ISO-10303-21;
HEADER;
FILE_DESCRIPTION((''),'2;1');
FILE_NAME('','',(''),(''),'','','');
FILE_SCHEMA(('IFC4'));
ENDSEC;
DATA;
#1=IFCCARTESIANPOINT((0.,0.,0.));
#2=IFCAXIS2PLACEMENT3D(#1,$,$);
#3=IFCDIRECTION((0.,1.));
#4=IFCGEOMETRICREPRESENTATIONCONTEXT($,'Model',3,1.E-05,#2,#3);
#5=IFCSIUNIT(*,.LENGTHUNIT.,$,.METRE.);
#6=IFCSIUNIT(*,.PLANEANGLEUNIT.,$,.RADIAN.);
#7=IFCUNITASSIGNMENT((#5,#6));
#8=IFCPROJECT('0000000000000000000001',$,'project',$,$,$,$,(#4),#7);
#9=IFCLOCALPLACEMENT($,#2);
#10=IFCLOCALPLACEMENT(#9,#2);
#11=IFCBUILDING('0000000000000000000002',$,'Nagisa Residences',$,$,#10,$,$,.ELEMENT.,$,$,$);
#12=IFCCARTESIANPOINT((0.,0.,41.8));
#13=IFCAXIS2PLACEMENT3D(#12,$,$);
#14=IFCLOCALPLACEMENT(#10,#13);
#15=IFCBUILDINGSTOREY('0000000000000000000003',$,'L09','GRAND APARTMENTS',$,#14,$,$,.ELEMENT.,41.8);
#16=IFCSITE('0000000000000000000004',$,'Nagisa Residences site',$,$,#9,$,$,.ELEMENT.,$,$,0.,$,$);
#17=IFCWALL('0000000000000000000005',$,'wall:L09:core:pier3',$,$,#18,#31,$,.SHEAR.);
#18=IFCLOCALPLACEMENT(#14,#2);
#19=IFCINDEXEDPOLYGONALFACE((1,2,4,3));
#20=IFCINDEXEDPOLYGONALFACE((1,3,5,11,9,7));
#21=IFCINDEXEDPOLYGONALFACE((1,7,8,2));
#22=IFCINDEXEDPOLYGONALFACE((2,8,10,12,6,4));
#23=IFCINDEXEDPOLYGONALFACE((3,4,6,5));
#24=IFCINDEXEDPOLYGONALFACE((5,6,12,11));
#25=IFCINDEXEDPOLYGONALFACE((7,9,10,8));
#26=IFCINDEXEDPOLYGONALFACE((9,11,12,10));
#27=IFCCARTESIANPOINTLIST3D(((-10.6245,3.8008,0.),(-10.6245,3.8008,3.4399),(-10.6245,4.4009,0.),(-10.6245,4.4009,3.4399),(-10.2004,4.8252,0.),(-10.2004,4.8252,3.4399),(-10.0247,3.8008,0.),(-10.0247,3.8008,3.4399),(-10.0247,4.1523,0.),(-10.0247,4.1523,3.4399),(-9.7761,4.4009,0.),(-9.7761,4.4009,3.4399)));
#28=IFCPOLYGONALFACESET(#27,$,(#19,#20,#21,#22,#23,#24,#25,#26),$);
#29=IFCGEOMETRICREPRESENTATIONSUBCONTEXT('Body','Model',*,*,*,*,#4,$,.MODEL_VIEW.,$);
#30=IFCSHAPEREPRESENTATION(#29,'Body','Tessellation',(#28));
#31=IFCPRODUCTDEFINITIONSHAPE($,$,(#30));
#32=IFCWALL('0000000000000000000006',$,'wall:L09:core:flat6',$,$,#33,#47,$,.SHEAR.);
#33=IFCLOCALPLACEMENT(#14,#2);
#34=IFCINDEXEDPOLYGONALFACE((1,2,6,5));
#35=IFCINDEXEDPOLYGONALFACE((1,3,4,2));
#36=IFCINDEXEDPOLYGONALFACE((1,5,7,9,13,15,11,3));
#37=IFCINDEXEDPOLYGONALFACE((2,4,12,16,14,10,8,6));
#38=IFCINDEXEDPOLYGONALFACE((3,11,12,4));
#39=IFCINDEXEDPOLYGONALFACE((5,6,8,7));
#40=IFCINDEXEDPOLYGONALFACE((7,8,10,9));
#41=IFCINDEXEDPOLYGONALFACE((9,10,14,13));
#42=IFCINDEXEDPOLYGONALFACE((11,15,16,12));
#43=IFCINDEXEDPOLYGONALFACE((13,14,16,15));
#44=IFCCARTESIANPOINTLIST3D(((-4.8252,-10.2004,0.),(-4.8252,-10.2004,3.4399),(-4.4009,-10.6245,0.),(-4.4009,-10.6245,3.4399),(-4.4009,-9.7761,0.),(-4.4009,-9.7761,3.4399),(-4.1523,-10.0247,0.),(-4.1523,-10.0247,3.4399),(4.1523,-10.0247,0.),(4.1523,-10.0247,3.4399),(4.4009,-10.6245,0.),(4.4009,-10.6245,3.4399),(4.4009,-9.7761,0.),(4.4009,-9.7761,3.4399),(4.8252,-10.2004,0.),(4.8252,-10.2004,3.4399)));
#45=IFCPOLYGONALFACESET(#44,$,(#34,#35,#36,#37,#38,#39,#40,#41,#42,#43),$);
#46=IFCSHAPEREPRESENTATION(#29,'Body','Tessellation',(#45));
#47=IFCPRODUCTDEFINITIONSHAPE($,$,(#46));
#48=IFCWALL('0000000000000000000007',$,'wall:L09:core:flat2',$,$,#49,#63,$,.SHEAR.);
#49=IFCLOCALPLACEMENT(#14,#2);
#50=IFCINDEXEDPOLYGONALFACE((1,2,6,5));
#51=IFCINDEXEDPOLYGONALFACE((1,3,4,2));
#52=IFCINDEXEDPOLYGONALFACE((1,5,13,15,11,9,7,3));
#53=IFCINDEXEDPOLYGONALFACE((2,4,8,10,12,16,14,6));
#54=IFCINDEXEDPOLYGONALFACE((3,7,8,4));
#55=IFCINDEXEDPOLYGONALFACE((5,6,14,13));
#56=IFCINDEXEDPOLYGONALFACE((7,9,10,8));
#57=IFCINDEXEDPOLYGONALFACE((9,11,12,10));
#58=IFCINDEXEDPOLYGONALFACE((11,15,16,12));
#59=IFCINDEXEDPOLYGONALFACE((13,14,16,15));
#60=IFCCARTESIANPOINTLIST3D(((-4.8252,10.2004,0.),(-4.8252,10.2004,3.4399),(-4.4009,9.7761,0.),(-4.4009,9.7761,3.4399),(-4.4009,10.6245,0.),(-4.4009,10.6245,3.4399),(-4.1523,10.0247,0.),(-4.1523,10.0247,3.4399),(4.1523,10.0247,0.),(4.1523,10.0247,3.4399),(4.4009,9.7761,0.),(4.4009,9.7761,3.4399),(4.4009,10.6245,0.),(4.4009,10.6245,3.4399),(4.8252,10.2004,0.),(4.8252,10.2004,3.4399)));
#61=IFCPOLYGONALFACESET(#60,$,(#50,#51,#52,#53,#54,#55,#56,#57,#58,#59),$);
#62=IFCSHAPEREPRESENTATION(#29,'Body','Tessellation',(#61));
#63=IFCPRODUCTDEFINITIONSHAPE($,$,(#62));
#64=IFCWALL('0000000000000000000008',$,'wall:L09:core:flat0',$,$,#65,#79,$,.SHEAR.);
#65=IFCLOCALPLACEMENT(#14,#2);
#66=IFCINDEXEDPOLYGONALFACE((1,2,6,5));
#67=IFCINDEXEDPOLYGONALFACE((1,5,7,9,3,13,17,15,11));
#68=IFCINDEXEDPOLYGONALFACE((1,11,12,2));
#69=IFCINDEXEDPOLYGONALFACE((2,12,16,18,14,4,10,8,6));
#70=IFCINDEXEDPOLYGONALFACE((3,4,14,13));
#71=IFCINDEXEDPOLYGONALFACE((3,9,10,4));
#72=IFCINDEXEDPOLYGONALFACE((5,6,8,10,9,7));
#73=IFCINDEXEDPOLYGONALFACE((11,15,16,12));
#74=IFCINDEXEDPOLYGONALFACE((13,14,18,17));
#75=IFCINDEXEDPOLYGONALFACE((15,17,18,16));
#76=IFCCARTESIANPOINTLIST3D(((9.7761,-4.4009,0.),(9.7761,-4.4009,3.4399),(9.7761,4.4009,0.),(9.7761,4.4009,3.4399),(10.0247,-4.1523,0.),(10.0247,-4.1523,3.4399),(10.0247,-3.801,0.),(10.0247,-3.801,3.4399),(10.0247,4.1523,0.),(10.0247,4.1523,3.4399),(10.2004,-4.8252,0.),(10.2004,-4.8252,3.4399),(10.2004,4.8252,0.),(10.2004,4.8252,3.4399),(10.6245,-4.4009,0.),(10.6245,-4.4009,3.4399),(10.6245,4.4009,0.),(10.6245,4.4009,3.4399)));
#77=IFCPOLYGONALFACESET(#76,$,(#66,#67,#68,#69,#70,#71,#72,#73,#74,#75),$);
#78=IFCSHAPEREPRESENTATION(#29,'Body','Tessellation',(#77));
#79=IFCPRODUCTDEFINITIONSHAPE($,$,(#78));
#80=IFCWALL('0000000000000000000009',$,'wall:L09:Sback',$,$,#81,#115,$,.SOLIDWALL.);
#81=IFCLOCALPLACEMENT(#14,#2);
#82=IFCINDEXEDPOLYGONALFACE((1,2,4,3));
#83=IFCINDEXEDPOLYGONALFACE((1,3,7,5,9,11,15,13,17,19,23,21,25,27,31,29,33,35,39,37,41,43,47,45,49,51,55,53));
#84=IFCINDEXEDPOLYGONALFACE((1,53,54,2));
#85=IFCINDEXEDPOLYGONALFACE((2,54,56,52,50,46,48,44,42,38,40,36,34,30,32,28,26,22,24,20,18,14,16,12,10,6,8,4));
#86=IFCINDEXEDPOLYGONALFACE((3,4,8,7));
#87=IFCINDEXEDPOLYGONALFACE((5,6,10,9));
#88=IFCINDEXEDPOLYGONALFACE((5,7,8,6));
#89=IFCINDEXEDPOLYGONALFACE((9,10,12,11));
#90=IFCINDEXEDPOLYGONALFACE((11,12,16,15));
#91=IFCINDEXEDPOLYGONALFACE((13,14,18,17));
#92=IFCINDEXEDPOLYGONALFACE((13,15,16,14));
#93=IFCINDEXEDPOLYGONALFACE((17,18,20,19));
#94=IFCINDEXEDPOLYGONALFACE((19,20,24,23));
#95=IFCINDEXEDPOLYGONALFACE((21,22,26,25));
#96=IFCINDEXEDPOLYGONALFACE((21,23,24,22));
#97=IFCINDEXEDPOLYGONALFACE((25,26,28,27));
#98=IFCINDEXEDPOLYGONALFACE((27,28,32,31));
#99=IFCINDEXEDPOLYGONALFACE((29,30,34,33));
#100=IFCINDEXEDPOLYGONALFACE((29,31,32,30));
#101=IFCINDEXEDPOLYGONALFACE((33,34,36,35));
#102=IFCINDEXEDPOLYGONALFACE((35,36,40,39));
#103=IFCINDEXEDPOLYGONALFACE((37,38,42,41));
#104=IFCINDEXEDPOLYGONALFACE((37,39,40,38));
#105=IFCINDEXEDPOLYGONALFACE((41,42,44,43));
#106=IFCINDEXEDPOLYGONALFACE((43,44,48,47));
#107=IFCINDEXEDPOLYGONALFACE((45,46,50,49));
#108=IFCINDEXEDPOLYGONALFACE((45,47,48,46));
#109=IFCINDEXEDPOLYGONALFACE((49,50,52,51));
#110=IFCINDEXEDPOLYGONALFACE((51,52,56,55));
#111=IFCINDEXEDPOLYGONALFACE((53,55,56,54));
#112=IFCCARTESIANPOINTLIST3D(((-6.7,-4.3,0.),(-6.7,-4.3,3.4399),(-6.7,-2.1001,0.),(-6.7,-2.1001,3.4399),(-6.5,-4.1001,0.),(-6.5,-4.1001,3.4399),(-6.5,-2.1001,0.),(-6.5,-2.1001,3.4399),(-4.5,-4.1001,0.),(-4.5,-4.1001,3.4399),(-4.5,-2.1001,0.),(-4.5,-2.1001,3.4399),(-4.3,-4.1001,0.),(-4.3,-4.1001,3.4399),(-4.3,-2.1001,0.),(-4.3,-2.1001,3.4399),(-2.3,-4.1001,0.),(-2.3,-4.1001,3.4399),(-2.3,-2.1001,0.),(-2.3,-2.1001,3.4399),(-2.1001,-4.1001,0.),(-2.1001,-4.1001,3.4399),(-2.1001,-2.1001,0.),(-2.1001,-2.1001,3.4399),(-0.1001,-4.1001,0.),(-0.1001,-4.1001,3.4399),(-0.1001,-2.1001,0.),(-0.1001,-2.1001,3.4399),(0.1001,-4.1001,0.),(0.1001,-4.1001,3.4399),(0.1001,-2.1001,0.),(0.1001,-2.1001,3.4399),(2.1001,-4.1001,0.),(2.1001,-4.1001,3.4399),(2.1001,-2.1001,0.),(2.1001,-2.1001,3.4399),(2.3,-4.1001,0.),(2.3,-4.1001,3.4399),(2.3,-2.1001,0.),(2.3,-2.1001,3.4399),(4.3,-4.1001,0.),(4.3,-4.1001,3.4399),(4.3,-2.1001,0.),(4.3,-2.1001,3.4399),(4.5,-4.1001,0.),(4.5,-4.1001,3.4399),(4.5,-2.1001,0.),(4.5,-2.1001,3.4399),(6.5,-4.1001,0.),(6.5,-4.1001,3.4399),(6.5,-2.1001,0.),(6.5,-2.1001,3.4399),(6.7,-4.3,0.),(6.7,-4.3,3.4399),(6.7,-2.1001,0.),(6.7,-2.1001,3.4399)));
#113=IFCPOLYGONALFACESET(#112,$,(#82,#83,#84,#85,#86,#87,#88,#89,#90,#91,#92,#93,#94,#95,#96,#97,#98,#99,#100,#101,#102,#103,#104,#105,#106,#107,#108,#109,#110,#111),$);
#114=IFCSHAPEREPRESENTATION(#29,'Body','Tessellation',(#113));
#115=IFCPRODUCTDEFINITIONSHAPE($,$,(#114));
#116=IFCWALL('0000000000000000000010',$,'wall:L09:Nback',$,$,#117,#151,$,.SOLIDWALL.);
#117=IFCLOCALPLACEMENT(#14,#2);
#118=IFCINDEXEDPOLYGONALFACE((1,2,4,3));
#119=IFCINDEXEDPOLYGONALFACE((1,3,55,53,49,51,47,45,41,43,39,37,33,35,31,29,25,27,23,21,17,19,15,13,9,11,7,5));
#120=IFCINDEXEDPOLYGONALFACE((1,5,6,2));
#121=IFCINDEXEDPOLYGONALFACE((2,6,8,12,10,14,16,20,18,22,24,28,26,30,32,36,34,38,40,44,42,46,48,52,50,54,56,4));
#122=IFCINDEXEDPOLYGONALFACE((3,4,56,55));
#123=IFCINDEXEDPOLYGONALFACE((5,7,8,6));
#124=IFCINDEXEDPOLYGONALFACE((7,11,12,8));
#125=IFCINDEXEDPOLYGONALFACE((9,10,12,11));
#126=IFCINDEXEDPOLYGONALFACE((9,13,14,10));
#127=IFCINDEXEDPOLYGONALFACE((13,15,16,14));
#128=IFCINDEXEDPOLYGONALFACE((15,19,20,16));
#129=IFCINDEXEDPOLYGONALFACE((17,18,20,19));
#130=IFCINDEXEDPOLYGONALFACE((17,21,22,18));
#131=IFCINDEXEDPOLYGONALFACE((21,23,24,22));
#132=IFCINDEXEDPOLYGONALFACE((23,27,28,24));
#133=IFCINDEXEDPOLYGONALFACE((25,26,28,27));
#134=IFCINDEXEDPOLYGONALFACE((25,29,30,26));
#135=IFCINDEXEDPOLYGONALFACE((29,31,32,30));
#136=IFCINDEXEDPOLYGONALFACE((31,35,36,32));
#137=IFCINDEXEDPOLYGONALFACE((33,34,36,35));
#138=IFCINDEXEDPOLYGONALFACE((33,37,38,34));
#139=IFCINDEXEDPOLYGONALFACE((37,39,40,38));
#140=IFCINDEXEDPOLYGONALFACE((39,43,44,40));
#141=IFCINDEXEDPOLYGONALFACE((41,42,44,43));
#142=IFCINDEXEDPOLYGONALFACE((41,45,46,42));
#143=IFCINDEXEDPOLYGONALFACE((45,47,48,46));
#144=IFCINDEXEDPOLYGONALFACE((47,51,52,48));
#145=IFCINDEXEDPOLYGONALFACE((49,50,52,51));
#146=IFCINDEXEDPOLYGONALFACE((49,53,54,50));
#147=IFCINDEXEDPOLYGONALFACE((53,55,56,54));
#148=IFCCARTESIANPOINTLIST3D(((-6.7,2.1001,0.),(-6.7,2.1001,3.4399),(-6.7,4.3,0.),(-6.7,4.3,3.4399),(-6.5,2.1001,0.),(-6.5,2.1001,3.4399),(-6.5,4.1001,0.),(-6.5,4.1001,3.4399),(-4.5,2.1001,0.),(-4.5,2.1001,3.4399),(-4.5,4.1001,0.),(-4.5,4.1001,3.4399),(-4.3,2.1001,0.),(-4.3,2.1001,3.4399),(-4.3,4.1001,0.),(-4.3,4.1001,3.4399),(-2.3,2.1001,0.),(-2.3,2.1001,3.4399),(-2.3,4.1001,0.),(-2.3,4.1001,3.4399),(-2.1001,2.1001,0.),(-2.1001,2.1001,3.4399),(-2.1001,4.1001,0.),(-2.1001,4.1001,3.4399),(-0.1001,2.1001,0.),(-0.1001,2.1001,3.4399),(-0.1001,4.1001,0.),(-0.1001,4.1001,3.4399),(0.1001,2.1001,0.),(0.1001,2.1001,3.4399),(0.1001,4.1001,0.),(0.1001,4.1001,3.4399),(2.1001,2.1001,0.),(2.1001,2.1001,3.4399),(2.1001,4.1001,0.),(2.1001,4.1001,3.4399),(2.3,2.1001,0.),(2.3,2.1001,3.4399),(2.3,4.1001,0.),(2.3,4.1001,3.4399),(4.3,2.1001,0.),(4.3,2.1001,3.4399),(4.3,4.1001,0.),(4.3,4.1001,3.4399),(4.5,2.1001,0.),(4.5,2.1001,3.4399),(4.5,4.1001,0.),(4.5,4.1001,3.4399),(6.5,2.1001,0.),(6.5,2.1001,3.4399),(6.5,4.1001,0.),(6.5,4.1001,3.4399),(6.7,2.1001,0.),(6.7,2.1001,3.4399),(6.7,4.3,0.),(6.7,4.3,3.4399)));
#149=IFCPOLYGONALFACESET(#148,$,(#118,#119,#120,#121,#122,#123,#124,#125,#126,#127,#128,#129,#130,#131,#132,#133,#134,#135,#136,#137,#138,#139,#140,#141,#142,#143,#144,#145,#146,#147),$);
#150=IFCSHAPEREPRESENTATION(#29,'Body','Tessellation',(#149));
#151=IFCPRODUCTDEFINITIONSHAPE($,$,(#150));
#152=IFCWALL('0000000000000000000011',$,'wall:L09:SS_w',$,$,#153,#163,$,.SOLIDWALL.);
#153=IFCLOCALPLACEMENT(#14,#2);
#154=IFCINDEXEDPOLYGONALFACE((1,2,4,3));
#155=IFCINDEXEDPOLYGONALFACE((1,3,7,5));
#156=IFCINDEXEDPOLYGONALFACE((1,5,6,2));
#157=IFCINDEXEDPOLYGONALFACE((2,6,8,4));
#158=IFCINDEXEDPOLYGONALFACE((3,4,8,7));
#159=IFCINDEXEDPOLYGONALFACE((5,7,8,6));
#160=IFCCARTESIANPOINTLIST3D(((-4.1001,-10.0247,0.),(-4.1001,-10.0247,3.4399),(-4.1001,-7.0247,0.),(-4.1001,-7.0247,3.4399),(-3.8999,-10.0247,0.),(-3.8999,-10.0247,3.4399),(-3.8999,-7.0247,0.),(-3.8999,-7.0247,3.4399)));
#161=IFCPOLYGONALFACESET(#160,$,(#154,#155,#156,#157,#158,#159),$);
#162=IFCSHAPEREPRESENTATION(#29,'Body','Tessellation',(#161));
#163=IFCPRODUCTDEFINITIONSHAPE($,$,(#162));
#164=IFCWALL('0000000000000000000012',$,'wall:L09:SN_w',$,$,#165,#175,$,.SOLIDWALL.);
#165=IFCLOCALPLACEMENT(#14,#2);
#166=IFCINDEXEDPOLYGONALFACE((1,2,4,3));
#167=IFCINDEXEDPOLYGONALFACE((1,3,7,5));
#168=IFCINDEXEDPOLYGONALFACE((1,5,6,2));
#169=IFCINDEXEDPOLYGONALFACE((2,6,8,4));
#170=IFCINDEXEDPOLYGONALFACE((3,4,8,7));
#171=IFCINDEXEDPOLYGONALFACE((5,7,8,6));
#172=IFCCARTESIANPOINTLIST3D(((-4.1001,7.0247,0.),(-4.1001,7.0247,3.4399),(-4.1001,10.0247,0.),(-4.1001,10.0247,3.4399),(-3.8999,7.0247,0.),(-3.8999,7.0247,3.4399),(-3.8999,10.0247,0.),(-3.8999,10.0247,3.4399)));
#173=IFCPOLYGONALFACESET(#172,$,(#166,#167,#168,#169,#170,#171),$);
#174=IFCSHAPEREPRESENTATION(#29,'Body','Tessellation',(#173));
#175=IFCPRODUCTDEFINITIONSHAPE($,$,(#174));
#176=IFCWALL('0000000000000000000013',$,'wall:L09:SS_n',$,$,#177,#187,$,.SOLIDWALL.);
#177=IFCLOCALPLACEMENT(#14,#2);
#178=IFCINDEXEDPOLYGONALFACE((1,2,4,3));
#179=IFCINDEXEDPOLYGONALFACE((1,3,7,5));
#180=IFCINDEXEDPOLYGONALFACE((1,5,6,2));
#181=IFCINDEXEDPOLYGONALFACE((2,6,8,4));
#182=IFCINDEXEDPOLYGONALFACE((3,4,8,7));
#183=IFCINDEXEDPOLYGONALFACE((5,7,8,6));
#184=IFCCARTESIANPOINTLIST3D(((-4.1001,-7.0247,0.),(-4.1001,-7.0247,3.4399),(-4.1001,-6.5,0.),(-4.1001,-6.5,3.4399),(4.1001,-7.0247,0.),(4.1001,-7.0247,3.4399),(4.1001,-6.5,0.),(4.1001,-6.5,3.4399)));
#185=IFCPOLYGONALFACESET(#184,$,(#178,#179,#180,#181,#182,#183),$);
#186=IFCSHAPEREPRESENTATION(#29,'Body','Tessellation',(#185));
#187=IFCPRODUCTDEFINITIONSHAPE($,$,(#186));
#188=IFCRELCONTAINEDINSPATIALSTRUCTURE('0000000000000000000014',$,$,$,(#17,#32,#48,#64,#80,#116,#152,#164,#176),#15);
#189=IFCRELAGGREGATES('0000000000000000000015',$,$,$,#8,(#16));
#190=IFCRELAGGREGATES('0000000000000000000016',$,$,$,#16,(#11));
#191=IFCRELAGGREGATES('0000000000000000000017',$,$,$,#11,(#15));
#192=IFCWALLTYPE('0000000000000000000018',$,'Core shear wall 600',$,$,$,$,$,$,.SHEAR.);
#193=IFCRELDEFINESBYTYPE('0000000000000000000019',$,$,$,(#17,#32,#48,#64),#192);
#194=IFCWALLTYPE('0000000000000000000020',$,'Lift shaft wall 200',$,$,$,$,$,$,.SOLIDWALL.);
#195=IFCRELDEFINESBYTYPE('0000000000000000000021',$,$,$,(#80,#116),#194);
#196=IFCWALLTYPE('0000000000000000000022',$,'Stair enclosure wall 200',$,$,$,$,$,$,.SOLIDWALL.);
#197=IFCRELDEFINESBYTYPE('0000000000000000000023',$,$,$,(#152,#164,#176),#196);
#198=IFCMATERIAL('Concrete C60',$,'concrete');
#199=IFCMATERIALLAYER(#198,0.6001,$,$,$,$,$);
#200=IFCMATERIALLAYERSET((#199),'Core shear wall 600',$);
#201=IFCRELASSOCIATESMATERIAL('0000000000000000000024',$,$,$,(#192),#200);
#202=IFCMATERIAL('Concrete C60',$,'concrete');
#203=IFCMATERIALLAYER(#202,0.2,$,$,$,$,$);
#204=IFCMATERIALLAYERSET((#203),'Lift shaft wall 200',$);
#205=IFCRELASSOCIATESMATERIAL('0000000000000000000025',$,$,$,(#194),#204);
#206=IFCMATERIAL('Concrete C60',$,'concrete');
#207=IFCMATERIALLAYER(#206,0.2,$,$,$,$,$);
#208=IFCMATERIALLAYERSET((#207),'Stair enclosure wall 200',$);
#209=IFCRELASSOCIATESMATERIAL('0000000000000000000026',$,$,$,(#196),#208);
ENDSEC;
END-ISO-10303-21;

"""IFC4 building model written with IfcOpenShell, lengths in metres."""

from ifc_helpers import new_model, si_unit, direction, frame, origin, place, context, subcontext, project, spatial, polyline, outline, extrude, material, layer, layer_set, type_object, element, save


model = new_model("IFC4")

# Units and contexts
model_context = context("Model", 3, precision=1e-05, world=origin(), true_north=direction((0.0, 1.0)))
body_context = subcontext(model_context, "Body", "Model", "MODEL_VIEW")
ifc_project = project(units=[si_unit("LENGTHUNIT", "METRE"), si_unit("PLANEANGLEUNIT", "RADIAN")], contexts=[model_context])

# Site, building, storey
site_placement = place(None, origin())
site = spatial("IfcSite", under=ifc_project, at=site_placement, Name="Nagisa Residences site", CompositionType="ELEMENT", RefElevation=0.0)
building_placement = place(site_placement, origin())
building = spatial("IfcBuilding", under=site, at=building_placement, Name="Nagisa Residences", CompositionType="ELEMENT")
storey_placement = place(building_placement, frame((0.0, 0.0, 41.8)))
storey = spatial("IfcBuildingStorey", under=building, at=storey_placement, Name="L09", Description="GRAND APARTMENTS", CompositionType="ELEMENT", Elevation=41.8)

# Walls
ifc_material_1 = material(Name="Concrete C60", Category="concrete")
ifc_layer_1 = layer(ifc_material_1, 0.6001)
ifc_layer_set_1 = layer_set([ifc_layer_1], Name="Core shear wall 600")
wall_type_1 = type_object("IfcWallType", Name="Core shear wall 600", PredefinedType="SHEAR", material=ifc_layer_set_1)
wall_1_placement = place(storey_placement, origin())
element("IfcWall", 1, at=wall_1_placement, inside=storey, type_object=wall_type_1, Name="wall:L09:core:pier3", PredefinedType="SHEAR", context=body_context, shape_type="SweptSolid", body=[
    extrude(outline(polyline([(-10.2004, 4.8252), (-9.7761, 4.4009), (-10.0247, 4.1523), (-10.0247, 3.8008), (-10.6245, 3.8008), (-10.6245, 4.4009), (-10.2004, 4.8252)])), origin(), (0.0, 0.0, 1.0), 3.4399),
])
wall_2_placement = place(storey_placement, origin())
element("IfcWall", 2, at=wall_2_placement, inside=storey, type_object=wall_type_1, Name="wall:L09:core:flat6", PredefinedType="SHEAR", context=body_context, shape_type="SweptSolid", body=[
    extrude(outline(polyline([(-4.1523, -10.0247), (4.1523, -10.0247), (4.4009, -9.7761), (4.8252, -10.2004), (4.4009, -10.6245), (-4.4009, -10.6245), (-4.8252, -10.2004), (-4.4009, -9.7761), (-4.1523, -10.0247)])), origin(), (0.0, 0.0, 1.0), 3.4399),
])
wall_3_placement = place(storey_placement, origin())
element("IfcWall", 3, at=wall_3_placement, inside=storey, type_object=wall_type_1, Name="wall:L09:core:flat2", PredefinedType="SHEAR", context=body_context, shape_type="SweptSolid", body=[
    extrude(outline(polyline([(-4.1523, 10.0247), (-4.4009, 9.7761), (-4.8252, 10.2004), (-4.4009, 10.6245), (4.4009, 10.6245), (4.8252, 10.2004), (4.4009, 9.7761), (4.1523, 10.0247), (-4.1523, 10.0247)])), origin(), (0.0, 0.0, 1.0), 3.4399),
])
wall_4_placement = place(storey_placement, origin())
element("IfcWall", 4, at=wall_4_placement, inside=storey, type_object=wall_type_1, Name="wall:L09:core:flat0", PredefinedType="SHEAR", context=body_context, shape_type="SweptSolid", body=[
    extrude(outline(polyline([(9.7761, -4.4009), (10.0247, -4.1523), (10.0247, -3.801), (10.0247, 4.1523), (9.7761, 4.4009), (10.2004, 4.8252), (10.6245, 4.4009), (10.6245, -4.4009), (10.2004, -4.8252), (9.7761, -4.4009)])), origin(), (0.0, 0.0, 1.0), 3.4399),
])
ifc_material_2 = material(Name="Concrete C60", Category="concrete")
ifc_layer_2 = layer(ifc_material_2, 0.2)
ifc_layer_set_2 = layer_set([ifc_layer_2], Name="Lift shaft wall 200")
wall_type_2 = type_object("IfcWallType", Name="Lift shaft wall 200", PredefinedType="SOLIDWALL", material=ifc_layer_set_2)
wall_5_placement = place(storey_placement, origin())
element("IfcWall", 5, at=wall_5_placement, inside=storey, type_object=wall_type_2, Name="wall:L09:Sback", PredefinedType="SOLIDWALL", context=body_context, shape_type="SweptSolid", body=[
    extrude(outline(polyline([(-6.7, -2.1001), (-6.5, -2.1001), (-6.5, -4.1001), (-4.5, -4.1001), (-4.5, -2.1001), (-4.3, -2.1001), (-4.3, -4.1001), (-2.3, -4.1001), (-2.3, -2.1001), (-2.1001, -2.1001), (-2.1001, -4.1001), (-0.1001, -4.1001), (-0.1001, -2.1001), (0.1001, -2.1001), (0.1001, -4.1001), (2.1001, -4.1001), (2.1001, -2.1001), (2.3, -2.1001), (2.3, -4.1001), (4.3, -4.1001), (4.3, -2.1001), (4.5, -2.1001), (4.5, -4.1001), (6.5, -4.1001), (6.5, -2.1001), (6.7, -2.1001), (6.7, -4.3), (-6.7, -4.3), (-6.7, -2.1001)])), origin(), (0.0, 0.0, 1.0), 3.4399),
])
wall_6_placement = place(storey_placement, origin())
element("IfcWall", 6, at=wall_6_placement, inside=storey, type_object=wall_type_2, Name="wall:L09:Nback", PredefinedType="SOLIDWALL", context=body_context, shape_type="SweptSolid", body=[
    extrude(outline(polyline([(-6.5, 2.1001), (-6.7, 2.1001), (-6.7, 4.3), (6.7, 4.3), (6.7, 2.1001), (6.5, 2.1001), (6.5, 4.1001), (4.5, 4.1001), (4.5, 2.1001), (4.3, 2.1001), (4.3, 4.1001), (2.3, 4.1001), (2.3, 2.1001), (2.1001, 2.1001), (2.1001, 4.1001), (0.1001, 4.1001), (0.1001, 2.1001), (-0.1001, 2.1001), (-0.1001, 4.1001), (-2.1001, 4.1001), (-2.1001, 2.1001), (-2.3, 2.1001), (-2.3, 4.1001), (-4.3, 4.1001), (-4.3, 2.1001), (-4.5, 2.1001), (-4.5, 4.1001), (-6.5, 4.1001), (-6.5, 2.1001)])), origin(), (0.0, 0.0, 1.0), 3.4399),
])
ifc_material_3 = material(Name="Concrete C60", Category="concrete")
ifc_layer_3 = layer(ifc_material_3, 0.2)
ifc_layer_set_3 = layer_set([ifc_layer_3], Name="Stair enclosure wall 200")
wall_type_3 = type_object("IfcWallType", Name="Stair enclosure wall 200", PredefinedType="SOLIDWALL", material=ifc_layer_set_3)
wall_7_placement = place(storey_placement, origin())
element("IfcWall", 7, at=wall_7_placement, inside=storey, type_object=wall_type_3, Name="wall:L09:SS_w", PredefinedType="SOLIDWALL", context=body_context, shape_type="SweptSolid", body=[
    extrude(outline(polyline([(-3.8999, -10.0247), (-4.1001, -10.0247), (-4.1001, -7.0247), (-3.8999, -7.0247), (-3.8999, -10.0247)])), origin(), (0.0, 0.0, 1.0), 3.4399),
])
wall_8_placement = place(storey_placement, origin())
element("IfcWall", 8, at=wall_8_placement, inside=storey, type_object=wall_type_3, Name="wall:L09:SN_w", PredefinedType="SOLIDWALL", context=body_context, shape_type="SweptSolid", body=[
    extrude(outline(polyline([(-3.8999, 7.0247), (-4.1001, 7.0247), (-4.1001, 10.0247), (-3.8999, 10.0247), (-3.8999, 7.0247)])), origin(), (0.0, 0.0, 1.0), 3.4399),
])
wall_9_placement = place(storey_placement, origin())
element("IfcWall", 9, at=wall_9_placement, inside=storey, type_object=wall_type_3, Name="wall:L09:SS_n", PredefinedType="SOLIDWALL", context=body_context, shape_type="SweptSolid", body=[
    extrude(outline(polyline([(4.1001, -7.0247), (-4.1001, -7.0247), (-4.1001, -6.5), (4.1001, -6.5), (4.1001, -7.0247)])), origin(), (0.0, 0.0, 1.0), 3.4399),
])

save(model, "model.ifc")
